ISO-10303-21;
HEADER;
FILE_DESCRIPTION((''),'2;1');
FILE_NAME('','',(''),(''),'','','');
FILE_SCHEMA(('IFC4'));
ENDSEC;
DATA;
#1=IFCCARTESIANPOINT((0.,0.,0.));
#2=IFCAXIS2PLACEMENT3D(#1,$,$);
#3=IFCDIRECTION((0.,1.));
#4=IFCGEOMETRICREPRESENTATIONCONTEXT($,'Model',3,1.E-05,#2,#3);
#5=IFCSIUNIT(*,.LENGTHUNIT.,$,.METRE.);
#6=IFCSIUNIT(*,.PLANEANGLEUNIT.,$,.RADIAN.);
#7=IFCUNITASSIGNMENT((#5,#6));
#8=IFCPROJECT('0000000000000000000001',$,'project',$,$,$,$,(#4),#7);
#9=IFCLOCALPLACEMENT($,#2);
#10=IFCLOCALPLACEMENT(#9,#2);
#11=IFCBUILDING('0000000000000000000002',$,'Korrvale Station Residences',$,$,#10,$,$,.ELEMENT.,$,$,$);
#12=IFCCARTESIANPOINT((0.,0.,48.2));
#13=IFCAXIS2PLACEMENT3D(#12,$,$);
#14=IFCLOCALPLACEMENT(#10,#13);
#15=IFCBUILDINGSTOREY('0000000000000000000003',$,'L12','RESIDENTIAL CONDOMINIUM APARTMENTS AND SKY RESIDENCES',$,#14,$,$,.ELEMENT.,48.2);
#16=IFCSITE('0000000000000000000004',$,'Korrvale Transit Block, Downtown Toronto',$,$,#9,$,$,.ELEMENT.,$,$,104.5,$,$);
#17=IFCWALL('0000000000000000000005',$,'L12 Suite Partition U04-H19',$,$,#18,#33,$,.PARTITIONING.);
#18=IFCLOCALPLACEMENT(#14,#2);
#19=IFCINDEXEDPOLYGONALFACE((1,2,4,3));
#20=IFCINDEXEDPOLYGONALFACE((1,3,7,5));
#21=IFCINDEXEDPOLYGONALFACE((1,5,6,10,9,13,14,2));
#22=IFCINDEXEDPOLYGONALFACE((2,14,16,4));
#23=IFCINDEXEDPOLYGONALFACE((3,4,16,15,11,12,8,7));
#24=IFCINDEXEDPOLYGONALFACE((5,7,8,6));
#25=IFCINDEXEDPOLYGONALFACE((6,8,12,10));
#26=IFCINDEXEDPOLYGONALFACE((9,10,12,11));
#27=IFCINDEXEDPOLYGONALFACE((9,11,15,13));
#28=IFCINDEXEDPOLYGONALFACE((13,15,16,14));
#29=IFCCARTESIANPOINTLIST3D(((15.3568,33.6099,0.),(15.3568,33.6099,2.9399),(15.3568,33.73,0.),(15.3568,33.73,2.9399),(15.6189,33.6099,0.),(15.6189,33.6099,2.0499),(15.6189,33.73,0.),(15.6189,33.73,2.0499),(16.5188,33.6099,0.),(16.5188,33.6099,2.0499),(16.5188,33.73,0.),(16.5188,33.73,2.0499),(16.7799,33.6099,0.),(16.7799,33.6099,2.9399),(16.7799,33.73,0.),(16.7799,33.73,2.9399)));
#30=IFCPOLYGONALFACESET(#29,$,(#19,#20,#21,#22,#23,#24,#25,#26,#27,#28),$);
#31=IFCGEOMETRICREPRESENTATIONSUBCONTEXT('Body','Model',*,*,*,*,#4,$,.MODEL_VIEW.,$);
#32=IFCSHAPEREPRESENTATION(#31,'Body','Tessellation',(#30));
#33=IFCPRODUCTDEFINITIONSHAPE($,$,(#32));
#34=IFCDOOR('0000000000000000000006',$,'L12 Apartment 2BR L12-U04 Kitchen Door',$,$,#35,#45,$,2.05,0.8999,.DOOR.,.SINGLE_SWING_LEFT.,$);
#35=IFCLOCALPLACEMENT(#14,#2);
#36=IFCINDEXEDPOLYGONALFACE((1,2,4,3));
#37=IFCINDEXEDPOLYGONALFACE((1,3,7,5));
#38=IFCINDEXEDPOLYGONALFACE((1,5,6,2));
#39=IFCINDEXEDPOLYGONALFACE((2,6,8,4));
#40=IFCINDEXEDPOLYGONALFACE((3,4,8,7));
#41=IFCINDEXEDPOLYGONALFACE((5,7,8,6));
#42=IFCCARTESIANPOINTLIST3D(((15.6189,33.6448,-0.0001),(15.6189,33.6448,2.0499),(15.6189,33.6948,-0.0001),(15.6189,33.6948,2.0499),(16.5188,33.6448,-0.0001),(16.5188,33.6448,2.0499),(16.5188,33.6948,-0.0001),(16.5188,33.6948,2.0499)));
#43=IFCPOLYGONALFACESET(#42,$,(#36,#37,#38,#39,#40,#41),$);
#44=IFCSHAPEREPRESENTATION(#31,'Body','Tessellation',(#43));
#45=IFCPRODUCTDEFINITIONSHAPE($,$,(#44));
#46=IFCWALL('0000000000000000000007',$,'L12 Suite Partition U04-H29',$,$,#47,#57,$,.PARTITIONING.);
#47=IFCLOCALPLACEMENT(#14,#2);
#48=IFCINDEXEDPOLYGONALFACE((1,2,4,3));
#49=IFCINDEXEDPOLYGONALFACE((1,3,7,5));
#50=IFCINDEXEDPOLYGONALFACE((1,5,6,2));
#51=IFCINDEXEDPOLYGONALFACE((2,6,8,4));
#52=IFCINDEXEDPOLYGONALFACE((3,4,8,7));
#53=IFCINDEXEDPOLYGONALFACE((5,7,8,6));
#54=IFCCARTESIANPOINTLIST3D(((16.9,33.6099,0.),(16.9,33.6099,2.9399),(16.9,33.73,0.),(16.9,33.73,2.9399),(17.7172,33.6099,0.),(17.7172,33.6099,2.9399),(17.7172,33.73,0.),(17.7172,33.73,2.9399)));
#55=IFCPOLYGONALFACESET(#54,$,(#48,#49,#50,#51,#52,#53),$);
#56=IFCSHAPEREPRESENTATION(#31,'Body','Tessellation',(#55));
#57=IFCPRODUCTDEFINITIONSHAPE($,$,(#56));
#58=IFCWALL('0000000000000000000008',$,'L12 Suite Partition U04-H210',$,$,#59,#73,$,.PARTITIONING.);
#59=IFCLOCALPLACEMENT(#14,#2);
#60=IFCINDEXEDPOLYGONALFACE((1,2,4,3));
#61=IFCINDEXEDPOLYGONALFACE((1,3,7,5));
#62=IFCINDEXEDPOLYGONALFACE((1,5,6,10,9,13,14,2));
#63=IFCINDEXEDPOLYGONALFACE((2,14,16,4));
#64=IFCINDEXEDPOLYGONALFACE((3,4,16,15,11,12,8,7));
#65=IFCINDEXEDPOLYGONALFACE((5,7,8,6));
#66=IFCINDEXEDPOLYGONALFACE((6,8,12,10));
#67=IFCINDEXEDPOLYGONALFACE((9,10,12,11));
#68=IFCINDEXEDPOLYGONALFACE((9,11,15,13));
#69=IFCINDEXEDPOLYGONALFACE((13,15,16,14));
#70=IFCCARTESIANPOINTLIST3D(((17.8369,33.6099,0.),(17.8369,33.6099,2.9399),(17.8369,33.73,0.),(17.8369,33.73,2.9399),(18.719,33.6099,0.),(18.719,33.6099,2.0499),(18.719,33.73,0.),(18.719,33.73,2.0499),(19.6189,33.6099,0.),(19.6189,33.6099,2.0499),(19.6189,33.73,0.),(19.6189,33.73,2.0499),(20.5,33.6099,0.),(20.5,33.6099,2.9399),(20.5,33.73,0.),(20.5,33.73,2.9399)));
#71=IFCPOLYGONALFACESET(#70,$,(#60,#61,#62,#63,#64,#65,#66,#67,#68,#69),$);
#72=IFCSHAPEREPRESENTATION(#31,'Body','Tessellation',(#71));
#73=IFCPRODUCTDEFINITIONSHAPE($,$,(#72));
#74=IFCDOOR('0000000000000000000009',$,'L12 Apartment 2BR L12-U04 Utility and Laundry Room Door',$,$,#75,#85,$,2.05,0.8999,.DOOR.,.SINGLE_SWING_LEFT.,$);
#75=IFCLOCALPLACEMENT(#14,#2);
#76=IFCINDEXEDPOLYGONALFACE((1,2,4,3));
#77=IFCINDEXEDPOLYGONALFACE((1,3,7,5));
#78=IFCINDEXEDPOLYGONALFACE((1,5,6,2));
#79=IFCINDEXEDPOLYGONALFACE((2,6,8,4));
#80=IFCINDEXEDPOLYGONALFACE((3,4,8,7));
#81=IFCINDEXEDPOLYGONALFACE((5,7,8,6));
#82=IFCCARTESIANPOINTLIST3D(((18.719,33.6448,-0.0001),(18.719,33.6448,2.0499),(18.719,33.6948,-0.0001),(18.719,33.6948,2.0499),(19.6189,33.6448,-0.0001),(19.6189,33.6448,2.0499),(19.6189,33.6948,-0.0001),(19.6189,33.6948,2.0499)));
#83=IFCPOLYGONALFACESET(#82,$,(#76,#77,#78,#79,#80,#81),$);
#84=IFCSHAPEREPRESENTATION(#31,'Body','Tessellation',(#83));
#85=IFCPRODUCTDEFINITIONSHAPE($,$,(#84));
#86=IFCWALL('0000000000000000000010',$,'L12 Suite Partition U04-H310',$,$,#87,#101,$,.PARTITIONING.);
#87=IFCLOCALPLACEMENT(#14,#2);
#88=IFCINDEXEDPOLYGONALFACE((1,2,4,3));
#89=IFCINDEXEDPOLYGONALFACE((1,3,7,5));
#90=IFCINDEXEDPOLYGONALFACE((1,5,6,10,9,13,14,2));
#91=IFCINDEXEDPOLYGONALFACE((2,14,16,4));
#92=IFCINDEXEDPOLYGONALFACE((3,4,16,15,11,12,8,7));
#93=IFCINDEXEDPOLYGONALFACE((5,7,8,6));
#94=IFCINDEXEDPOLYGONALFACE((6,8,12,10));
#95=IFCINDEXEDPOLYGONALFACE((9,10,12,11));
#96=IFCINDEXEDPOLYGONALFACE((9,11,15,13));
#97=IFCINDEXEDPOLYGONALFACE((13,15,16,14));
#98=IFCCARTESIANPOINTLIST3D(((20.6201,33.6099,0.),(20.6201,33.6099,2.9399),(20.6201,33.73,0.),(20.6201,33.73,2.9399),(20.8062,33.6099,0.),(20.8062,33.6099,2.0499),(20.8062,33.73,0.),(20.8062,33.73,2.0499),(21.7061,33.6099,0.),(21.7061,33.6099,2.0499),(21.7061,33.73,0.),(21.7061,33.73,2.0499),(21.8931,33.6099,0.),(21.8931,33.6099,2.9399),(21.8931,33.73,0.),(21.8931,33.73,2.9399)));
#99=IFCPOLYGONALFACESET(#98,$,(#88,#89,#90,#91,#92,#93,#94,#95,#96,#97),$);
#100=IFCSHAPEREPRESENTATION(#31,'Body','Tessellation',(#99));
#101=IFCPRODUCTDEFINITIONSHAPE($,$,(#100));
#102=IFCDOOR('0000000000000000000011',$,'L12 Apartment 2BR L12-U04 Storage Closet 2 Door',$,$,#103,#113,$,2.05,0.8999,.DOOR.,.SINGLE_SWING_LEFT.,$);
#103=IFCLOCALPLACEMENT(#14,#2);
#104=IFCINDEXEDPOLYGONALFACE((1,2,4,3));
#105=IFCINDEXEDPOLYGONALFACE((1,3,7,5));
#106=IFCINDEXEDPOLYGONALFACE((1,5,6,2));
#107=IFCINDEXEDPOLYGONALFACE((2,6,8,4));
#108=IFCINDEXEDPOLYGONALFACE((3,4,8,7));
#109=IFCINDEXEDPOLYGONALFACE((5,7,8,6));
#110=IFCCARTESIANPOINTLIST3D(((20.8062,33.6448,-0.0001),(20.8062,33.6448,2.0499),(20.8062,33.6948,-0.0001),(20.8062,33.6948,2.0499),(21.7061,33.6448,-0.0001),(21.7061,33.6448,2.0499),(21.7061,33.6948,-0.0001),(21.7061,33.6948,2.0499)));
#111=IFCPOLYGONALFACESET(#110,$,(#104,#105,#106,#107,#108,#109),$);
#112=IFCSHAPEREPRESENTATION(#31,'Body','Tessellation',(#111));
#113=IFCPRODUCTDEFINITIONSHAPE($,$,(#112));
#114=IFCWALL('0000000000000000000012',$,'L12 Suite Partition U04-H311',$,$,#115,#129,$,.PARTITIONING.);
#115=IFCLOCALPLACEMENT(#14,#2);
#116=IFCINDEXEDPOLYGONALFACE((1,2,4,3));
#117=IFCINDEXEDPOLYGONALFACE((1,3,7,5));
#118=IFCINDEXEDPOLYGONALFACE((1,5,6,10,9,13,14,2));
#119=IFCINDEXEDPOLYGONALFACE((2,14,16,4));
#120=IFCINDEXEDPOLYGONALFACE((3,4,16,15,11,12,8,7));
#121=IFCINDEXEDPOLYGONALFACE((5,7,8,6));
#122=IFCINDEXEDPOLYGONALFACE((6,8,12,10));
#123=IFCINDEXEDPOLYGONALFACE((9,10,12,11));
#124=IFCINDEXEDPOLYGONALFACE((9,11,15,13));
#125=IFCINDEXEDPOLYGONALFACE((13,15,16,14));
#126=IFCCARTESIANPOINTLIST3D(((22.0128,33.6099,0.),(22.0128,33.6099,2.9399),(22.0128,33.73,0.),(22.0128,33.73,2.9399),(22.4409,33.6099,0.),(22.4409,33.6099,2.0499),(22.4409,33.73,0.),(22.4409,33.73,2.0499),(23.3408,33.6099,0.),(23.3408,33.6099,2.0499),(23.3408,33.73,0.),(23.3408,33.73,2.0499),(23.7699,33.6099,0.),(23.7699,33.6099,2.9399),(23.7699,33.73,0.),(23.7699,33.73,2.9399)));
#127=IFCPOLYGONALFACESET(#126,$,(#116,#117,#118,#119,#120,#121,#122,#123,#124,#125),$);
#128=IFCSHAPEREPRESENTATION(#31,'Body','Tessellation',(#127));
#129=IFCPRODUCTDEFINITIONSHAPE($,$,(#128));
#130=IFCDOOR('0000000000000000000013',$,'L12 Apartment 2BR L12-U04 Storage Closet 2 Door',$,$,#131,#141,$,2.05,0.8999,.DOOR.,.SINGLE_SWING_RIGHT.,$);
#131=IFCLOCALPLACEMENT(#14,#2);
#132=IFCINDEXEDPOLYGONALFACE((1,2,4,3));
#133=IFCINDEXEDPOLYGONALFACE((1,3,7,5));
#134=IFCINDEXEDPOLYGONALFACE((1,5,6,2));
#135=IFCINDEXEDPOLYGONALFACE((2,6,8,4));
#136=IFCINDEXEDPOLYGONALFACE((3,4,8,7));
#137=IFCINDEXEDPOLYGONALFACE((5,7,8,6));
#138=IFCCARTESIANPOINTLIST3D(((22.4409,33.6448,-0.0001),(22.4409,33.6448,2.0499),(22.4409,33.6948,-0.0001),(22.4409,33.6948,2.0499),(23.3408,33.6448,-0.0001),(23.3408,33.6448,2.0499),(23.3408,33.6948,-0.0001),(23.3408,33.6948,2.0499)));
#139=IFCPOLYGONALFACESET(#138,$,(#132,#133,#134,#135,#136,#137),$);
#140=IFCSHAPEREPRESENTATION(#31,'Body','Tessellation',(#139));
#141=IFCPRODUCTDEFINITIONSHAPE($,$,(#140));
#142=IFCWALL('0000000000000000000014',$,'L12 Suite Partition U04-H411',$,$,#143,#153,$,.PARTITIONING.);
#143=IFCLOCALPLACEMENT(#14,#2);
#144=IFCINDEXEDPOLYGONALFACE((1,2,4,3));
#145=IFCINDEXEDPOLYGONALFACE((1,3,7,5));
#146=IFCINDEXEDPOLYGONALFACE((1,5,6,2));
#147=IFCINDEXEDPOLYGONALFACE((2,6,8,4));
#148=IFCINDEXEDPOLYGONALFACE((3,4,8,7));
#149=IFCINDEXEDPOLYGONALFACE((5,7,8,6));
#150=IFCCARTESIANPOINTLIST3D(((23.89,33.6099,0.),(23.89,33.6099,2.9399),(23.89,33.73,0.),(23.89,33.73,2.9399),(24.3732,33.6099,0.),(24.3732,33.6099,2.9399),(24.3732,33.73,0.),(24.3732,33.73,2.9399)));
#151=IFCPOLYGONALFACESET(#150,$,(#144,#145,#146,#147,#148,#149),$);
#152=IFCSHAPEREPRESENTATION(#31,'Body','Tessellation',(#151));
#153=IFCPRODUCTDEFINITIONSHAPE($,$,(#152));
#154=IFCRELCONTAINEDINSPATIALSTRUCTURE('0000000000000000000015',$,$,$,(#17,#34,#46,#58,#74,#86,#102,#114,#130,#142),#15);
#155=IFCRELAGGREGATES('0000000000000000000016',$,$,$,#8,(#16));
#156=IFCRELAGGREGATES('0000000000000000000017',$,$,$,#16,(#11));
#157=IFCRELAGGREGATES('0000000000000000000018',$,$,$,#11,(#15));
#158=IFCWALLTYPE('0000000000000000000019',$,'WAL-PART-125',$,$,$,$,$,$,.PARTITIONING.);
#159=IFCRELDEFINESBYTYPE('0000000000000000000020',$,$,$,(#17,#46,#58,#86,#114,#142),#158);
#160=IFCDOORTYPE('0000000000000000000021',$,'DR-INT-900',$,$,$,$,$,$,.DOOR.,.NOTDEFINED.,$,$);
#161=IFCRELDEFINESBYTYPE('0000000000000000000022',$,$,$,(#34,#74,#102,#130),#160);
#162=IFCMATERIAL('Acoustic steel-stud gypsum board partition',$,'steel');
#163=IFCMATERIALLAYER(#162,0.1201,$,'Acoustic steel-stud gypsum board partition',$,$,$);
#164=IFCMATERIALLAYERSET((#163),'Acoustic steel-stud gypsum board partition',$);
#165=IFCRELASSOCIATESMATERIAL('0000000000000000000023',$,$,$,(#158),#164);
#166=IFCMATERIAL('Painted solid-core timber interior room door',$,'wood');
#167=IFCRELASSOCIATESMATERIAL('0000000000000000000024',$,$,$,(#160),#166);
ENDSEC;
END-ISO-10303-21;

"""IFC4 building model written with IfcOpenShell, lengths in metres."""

from ifc_helpers import new_model, si_unit, direction, frame, frame_2d, origin, place, context, subcontext, project, spatial, rectangle, extrude, material, layer, layer_set, type_object, element, fill, save


model = new_model("IFC4")

# Units and contexts
model_context = context("Model", 3, precision=1e-05, world=origin(), true_north=direction((0.0, 1.0)))
body_context = subcontext(model_context, "Body", "Model", "MODEL_VIEW")
ifc_project = project(units=[si_unit("LENGTHUNIT", "METRE"), si_unit("PLANEANGLEUNIT", "RADIAN")], contexts=[model_context])

# Site, building, storey
site_placement = place(None, origin())
site = spatial("IfcSite", under=ifc_project, at=site_placement, Name="Korrvale Transit Block, Downtown Toronto", CompositionType="ELEMENT", RefElevation=104.5)
building_placement = place(site_placement, origin())
building = spatial("IfcBuilding", under=site, at=building_placement, Name="Korrvale Station Residences", CompositionType="ELEMENT")
storey_placement = place(building_placement, frame((0.0, 0.0, 48.2)))
storey = spatial("IfcBuildingStorey", under=building, at=storey_placement, Name="L12", Description="RESIDENTIAL CONDOMINIUM APARTMENTS AND SKY RESIDENCES", CompositionType="ELEMENT", Elevation=48.2)

# Wall, opening, door
ifc_material_1 = material(Name="Acoustic steel-stud gypsum board partition", Category="steel")
ifc_layer = layer(ifc_material_1, 0.1201, Name="Acoustic steel-stud gypsum board partition")
ifc_layer_set = layer_set([ifc_layer], Name="Acoustic steel-stud gypsum board partition")
wall_type = type_object("IfcWallType", Name="WAL-PART-125", PredefinedType="PARTITIONING", material=ifc_layer_set)
wall_1_placement = place(storey_placement, frame((15.3569, 33.6699, 0.0), z_axis=(0.0, 0.0, 1.0), x_axis=(1.0, 0.0, 0.0)))
wall_1 = element("IfcWall", 1, at=wall_1_placement, inside=storey, type_object=wall_type, Name="L12 Suite Partition U04-H19", PredefinedType="PARTITIONING", context=body_context, shape_type="SweptSolid", body=[
    extrude(rectangle(XDim=1.4231, YDim=0.1201, at=frame_2d((0.7114, 0.0))), origin(), (0.0, 0.0, 1.0), 2.9399),
])
opening_1_placement = place(wall_1_placement, frame((0.262, 0.0, 0.0)))
opening_1 = element("IfcOpeningElement", 2, at=opening_1_placement, cuts=wall_1, PredefinedType="OPENING", context=body_context, shape_type="SweptSolid", body=[
    extrude(rectangle(XDim=0.8999, YDim=2.05, at=frame_2d((0.45, 1.0249))), frame((0.0, 0.0701, 0.0), z_axis=(0.0, -1.0, 0.0), x_axis=(1.0, 0.0, 0.0)), (0.0, 0.0, 1.0), 0.1401),
])
ifc_material_2 = material(Name="Painted solid-core timber interior room door", Category="wood")
door_type = type_object("IfcDoorType", Name="DR-INT-900", OperationType="NOTDEFINED", PredefinedType="DOOR", material=ifc_material_2)
door_1_placement = place(opening_1_placement, origin())
door_1 = element("IfcDoor", 3, at=door_1_placement, inside=storey, type_object=door_type, Name="L12 Apartment 2BR L12-U04 Kitchen Door", OperationType="SINGLE_SWING_LEFT", OverallHeight=2.05, OverallWidth=0.8999, PredefinedType="DOOR", context=body_context, shape_type="SweptSolid", body=[
    extrude(rectangle(XDim=0.8999, YDim=2.05, at=frame_2d((0.45, 1.0249))), frame((0.0, 0.0249, 0.0), z_axis=(0.0, -1.0, 0.0), x_axis=(1.0, 0.0, 0.0)), (0.0, 0.0, 1.0), 0.05),
])
fill(opening_1, door_1)

# Wall
wall_2_placement = place(storey_placement, frame((16.8999, 33.6699, 0.0), z_axis=(0.0, 0.0, 1.0), x_axis=(1.0, 0.0, 0.0)))
element("IfcWall", 4, at=wall_2_placement, inside=storey, type_object=wall_type, Name="L12 Suite Partition U04-H29", PredefinedType="PARTITIONING", context=body_context, shape_type="SweptSolid", body=[
    extrude(rectangle(XDim=0.8171, YDim=0.1201, at=frame_2d((0.4087, 0.0))), origin(), (0.0, 0.0, 1.0), 2.9399),
])

# Walls, openings, doors
wall_3_placement = place(storey_placement, frame((17.8369, 33.6699, 0.0), z_axis=(0.0, 0.0, 1.0), x_axis=(1.0, 0.0, 0.0)))
wall_3 = element("IfcWall", 5, at=wall_3_placement, inside=storey, type_object=wall_type, Name="L12 Suite Partition U04-H210", PredefinedType="PARTITIONING", context=body_context, shape_type="SweptSolid", body=[
    extrude(rectangle(XDim=2.6631, YDim=0.1201, at=frame_2d((1.3315, 0.0))), origin(), (0.0, 0.0, 1.0), 2.9399),
])
opening_2_placement = place(wall_3_placement, frame((0.8821, 0.0, 0.0)))
opening_2 = element("IfcOpeningElement", 6, at=opening_2_placement, cuts=wall_3, PredefinedType="OPENING", context=body_context, shape_type="SweptSolid", body=[
    extrude(rectangle(XDim=0.8999, YDim=2.05, at=frame_2d((0.45, 1.0249))), frame((0.0, 0.0701, 0.0), z_axis=(0.0, -1.0, 0.0), x_axis=(1.0, 0.0, 0.0)), (0.0, 0.0, 1.0), 0.1401),
])
door_2_placement = place(opening_2_placement, origin())
door_2 = element("IfcDoor", 7, at=door_2_placement, inside=storey, type_object=door_type, Name="L12 Apartment 2BR L12-U04 Utility and Laundry Room Door", OperationType="SINGLE_SWING_LEFT", OverallHeight=2.05, OverallWidth=0.8999, PredefinedType="DOOR", context=body_context, shape_type="SweptSolid", body=[
    extrude(rectangle(XDim=0.8999, YDim=2.05, at=frame_2d((0.45, 1.0249))), frame((0.0, 0.0249, 0.0), z_axis=(0.0, -1.0, 0.0), x_axis=(1.0, 0.0, 0.0)), (0.0, 0.0, 1.0), 0.05),
])
fill(opening_2, door_2)
wall_4_placement = place(storey_placement, frame((20.6201, 33.6699, 0.0), z_axis=(0.0, 0.0, 1.0), x_axis=(1.0, 0.0, 0.0)))
wall_4 = element("IfcWall", 8, at=wall_4_placement, inside=storey, type_object=wall_type, Name="L12 Suite Partition U04-H310", PredefinedType="PARTITIONING", context=body_context, shape_type="SweptSolid", body=[
    extrude(rectangle(XDim=1.2729, YDim=0.1201, at=frame_2d((0.6365, 0.0))), origin(), (0.0, 0.0, 1.0), 2.9399),
])
opening_3_placement = place(wall_4_placement, frame((0.186, 0.0, 0.0)))
opening_3 = element("IfcOpeningElement", 9, at=opening_3_placement, cuts=wall_4, PredefinedType="OPENING", context=body_context, shape_type="SweptSolid", body=[
    extrude(rectangle(XDim=0.8999, YDim=2.05, at=frame_2d((0.45, 1.0249))), frame((0.0, 0.0701, 0.0), z_axis=(0.0, -1.0, 0.0), x_axis=(1.0, 0.0, 0.0)), (0.0, 0.0, 1.0), 0.1401),
])
door_3_placement = place(opening_3_placement, origin())
door_3 = element("IfcDoor", 10, at=door_3_placement, inside=storey, type_object=door_type, Name="L12 Apartment 2BR L12-U04 Storage Closet 2 Door", OperationType="SINGLE_SWING_LEFT", OverallHeight=2.05, OverallWidth=0.8999, PredefinedType="DOOR", context=body_context, shape_type="SweptSolid", body=[
    extrude(rectangle(XDim=0.8999, YDim=2.05, at=frame_2d((0.45, 1.0249))), frame((0.0, 0.0249, 0.0), z_axis=(0.0, -1.0, 0.0), x_axis=(1.0, 0.0, 0.0)), (0.0, 0.0, 1.0), 0.05),
])
fill(opening_3, door_3)
wall_5_placement = place(storey_placement, frame((22.0129, 33.6699, 0.0), z_axis=(0.0, 0.0, 1.0), x_axis=(1.0, 0.0, 0.0)))
wall_5 = element("IfcWall", 11, at=wall_5_placement, inside=storey, type_object=wall_type, Name="L12 Suite Partition U04-H311", PredefinedType="PARTITIONING", context=body_context, shape_type="SweptSolid", body=[
    extrude(rectangle(XDim=1.7571, YDim=0.1201, at=frame_2d((0.8784, 0.0))), origin(), (0.0, 0.0, 1.0), 2.9399),
])
opening_4_placement = place(wall_5_placement, frame((0.428, 0.0, 0.0)))
opening_4 = element("IfcOpeningElement", 12, at=opening_4_placement, cuts=wall_5, PredefinedType="OPENING", context=body_context, shape_type="SweptSolid", body=[
    extrude(rectangle(XDim=0.8999, YDim=2.05, at=frame_2d((0.45, 1.0249))), frame((0.0, 0.0701, 0.0), z_axis=(0.0, -1.0, 0.0), x_axis=(1.0, 0.0, 0.0)), (0.0, 0.0, 1.0), 0.1401),
])
door_4_placement = place(opening_4_placement, origin())
door_4 = element("IfcDoor", 13, at=door_4_placement, inside=storey, type_object=door_type, Name="L12 Apartment 2BR L12-U04 Storage Closet 2 Door", OperationType="SINGLE_SWING_RIGHT", OverallHeight=2.05, OverallWidth=0.8999, PredefinedType="DOOR", context=body_context, shape_type="SweptSolid", body=[
    extrude(rectangle(XDim=0.8999, YDim=2.05, at=frame_2d((0.45, 1.0249))), frame((0.0, 0.0249, 0.0), z_axis=(0.0, -1.0, 0.0), x_axis=(1.0, 0.0, 0.0)), (0.0, 0.0, 1.0), 0.05),
])
fill(opening_4, door_4)

# Wall
wall_6_placement = place(storey_placement, frame((23.8899, 33.6699, 0.0), z_axis=(0.0, 0.0, 1.0), x_axis=(1.0, 0.0, 0.0)))
element("IfcWall", 14, at=wall_6_placement, inside=storey, type_object=wall_type, Name="L12 Suite Partition U04-H411", PredefinedType="PARTITIONING", context=body_context, shape_type="SweptSolid", body=[
    extrude(rectangle(XDim=0.4832, YDim=0.1201, at=frame_2d((0.2417, 0.0))), origin(), (0.0, 0.0, 1.0), 2.9399),
])

save(model, "model.ifc")
